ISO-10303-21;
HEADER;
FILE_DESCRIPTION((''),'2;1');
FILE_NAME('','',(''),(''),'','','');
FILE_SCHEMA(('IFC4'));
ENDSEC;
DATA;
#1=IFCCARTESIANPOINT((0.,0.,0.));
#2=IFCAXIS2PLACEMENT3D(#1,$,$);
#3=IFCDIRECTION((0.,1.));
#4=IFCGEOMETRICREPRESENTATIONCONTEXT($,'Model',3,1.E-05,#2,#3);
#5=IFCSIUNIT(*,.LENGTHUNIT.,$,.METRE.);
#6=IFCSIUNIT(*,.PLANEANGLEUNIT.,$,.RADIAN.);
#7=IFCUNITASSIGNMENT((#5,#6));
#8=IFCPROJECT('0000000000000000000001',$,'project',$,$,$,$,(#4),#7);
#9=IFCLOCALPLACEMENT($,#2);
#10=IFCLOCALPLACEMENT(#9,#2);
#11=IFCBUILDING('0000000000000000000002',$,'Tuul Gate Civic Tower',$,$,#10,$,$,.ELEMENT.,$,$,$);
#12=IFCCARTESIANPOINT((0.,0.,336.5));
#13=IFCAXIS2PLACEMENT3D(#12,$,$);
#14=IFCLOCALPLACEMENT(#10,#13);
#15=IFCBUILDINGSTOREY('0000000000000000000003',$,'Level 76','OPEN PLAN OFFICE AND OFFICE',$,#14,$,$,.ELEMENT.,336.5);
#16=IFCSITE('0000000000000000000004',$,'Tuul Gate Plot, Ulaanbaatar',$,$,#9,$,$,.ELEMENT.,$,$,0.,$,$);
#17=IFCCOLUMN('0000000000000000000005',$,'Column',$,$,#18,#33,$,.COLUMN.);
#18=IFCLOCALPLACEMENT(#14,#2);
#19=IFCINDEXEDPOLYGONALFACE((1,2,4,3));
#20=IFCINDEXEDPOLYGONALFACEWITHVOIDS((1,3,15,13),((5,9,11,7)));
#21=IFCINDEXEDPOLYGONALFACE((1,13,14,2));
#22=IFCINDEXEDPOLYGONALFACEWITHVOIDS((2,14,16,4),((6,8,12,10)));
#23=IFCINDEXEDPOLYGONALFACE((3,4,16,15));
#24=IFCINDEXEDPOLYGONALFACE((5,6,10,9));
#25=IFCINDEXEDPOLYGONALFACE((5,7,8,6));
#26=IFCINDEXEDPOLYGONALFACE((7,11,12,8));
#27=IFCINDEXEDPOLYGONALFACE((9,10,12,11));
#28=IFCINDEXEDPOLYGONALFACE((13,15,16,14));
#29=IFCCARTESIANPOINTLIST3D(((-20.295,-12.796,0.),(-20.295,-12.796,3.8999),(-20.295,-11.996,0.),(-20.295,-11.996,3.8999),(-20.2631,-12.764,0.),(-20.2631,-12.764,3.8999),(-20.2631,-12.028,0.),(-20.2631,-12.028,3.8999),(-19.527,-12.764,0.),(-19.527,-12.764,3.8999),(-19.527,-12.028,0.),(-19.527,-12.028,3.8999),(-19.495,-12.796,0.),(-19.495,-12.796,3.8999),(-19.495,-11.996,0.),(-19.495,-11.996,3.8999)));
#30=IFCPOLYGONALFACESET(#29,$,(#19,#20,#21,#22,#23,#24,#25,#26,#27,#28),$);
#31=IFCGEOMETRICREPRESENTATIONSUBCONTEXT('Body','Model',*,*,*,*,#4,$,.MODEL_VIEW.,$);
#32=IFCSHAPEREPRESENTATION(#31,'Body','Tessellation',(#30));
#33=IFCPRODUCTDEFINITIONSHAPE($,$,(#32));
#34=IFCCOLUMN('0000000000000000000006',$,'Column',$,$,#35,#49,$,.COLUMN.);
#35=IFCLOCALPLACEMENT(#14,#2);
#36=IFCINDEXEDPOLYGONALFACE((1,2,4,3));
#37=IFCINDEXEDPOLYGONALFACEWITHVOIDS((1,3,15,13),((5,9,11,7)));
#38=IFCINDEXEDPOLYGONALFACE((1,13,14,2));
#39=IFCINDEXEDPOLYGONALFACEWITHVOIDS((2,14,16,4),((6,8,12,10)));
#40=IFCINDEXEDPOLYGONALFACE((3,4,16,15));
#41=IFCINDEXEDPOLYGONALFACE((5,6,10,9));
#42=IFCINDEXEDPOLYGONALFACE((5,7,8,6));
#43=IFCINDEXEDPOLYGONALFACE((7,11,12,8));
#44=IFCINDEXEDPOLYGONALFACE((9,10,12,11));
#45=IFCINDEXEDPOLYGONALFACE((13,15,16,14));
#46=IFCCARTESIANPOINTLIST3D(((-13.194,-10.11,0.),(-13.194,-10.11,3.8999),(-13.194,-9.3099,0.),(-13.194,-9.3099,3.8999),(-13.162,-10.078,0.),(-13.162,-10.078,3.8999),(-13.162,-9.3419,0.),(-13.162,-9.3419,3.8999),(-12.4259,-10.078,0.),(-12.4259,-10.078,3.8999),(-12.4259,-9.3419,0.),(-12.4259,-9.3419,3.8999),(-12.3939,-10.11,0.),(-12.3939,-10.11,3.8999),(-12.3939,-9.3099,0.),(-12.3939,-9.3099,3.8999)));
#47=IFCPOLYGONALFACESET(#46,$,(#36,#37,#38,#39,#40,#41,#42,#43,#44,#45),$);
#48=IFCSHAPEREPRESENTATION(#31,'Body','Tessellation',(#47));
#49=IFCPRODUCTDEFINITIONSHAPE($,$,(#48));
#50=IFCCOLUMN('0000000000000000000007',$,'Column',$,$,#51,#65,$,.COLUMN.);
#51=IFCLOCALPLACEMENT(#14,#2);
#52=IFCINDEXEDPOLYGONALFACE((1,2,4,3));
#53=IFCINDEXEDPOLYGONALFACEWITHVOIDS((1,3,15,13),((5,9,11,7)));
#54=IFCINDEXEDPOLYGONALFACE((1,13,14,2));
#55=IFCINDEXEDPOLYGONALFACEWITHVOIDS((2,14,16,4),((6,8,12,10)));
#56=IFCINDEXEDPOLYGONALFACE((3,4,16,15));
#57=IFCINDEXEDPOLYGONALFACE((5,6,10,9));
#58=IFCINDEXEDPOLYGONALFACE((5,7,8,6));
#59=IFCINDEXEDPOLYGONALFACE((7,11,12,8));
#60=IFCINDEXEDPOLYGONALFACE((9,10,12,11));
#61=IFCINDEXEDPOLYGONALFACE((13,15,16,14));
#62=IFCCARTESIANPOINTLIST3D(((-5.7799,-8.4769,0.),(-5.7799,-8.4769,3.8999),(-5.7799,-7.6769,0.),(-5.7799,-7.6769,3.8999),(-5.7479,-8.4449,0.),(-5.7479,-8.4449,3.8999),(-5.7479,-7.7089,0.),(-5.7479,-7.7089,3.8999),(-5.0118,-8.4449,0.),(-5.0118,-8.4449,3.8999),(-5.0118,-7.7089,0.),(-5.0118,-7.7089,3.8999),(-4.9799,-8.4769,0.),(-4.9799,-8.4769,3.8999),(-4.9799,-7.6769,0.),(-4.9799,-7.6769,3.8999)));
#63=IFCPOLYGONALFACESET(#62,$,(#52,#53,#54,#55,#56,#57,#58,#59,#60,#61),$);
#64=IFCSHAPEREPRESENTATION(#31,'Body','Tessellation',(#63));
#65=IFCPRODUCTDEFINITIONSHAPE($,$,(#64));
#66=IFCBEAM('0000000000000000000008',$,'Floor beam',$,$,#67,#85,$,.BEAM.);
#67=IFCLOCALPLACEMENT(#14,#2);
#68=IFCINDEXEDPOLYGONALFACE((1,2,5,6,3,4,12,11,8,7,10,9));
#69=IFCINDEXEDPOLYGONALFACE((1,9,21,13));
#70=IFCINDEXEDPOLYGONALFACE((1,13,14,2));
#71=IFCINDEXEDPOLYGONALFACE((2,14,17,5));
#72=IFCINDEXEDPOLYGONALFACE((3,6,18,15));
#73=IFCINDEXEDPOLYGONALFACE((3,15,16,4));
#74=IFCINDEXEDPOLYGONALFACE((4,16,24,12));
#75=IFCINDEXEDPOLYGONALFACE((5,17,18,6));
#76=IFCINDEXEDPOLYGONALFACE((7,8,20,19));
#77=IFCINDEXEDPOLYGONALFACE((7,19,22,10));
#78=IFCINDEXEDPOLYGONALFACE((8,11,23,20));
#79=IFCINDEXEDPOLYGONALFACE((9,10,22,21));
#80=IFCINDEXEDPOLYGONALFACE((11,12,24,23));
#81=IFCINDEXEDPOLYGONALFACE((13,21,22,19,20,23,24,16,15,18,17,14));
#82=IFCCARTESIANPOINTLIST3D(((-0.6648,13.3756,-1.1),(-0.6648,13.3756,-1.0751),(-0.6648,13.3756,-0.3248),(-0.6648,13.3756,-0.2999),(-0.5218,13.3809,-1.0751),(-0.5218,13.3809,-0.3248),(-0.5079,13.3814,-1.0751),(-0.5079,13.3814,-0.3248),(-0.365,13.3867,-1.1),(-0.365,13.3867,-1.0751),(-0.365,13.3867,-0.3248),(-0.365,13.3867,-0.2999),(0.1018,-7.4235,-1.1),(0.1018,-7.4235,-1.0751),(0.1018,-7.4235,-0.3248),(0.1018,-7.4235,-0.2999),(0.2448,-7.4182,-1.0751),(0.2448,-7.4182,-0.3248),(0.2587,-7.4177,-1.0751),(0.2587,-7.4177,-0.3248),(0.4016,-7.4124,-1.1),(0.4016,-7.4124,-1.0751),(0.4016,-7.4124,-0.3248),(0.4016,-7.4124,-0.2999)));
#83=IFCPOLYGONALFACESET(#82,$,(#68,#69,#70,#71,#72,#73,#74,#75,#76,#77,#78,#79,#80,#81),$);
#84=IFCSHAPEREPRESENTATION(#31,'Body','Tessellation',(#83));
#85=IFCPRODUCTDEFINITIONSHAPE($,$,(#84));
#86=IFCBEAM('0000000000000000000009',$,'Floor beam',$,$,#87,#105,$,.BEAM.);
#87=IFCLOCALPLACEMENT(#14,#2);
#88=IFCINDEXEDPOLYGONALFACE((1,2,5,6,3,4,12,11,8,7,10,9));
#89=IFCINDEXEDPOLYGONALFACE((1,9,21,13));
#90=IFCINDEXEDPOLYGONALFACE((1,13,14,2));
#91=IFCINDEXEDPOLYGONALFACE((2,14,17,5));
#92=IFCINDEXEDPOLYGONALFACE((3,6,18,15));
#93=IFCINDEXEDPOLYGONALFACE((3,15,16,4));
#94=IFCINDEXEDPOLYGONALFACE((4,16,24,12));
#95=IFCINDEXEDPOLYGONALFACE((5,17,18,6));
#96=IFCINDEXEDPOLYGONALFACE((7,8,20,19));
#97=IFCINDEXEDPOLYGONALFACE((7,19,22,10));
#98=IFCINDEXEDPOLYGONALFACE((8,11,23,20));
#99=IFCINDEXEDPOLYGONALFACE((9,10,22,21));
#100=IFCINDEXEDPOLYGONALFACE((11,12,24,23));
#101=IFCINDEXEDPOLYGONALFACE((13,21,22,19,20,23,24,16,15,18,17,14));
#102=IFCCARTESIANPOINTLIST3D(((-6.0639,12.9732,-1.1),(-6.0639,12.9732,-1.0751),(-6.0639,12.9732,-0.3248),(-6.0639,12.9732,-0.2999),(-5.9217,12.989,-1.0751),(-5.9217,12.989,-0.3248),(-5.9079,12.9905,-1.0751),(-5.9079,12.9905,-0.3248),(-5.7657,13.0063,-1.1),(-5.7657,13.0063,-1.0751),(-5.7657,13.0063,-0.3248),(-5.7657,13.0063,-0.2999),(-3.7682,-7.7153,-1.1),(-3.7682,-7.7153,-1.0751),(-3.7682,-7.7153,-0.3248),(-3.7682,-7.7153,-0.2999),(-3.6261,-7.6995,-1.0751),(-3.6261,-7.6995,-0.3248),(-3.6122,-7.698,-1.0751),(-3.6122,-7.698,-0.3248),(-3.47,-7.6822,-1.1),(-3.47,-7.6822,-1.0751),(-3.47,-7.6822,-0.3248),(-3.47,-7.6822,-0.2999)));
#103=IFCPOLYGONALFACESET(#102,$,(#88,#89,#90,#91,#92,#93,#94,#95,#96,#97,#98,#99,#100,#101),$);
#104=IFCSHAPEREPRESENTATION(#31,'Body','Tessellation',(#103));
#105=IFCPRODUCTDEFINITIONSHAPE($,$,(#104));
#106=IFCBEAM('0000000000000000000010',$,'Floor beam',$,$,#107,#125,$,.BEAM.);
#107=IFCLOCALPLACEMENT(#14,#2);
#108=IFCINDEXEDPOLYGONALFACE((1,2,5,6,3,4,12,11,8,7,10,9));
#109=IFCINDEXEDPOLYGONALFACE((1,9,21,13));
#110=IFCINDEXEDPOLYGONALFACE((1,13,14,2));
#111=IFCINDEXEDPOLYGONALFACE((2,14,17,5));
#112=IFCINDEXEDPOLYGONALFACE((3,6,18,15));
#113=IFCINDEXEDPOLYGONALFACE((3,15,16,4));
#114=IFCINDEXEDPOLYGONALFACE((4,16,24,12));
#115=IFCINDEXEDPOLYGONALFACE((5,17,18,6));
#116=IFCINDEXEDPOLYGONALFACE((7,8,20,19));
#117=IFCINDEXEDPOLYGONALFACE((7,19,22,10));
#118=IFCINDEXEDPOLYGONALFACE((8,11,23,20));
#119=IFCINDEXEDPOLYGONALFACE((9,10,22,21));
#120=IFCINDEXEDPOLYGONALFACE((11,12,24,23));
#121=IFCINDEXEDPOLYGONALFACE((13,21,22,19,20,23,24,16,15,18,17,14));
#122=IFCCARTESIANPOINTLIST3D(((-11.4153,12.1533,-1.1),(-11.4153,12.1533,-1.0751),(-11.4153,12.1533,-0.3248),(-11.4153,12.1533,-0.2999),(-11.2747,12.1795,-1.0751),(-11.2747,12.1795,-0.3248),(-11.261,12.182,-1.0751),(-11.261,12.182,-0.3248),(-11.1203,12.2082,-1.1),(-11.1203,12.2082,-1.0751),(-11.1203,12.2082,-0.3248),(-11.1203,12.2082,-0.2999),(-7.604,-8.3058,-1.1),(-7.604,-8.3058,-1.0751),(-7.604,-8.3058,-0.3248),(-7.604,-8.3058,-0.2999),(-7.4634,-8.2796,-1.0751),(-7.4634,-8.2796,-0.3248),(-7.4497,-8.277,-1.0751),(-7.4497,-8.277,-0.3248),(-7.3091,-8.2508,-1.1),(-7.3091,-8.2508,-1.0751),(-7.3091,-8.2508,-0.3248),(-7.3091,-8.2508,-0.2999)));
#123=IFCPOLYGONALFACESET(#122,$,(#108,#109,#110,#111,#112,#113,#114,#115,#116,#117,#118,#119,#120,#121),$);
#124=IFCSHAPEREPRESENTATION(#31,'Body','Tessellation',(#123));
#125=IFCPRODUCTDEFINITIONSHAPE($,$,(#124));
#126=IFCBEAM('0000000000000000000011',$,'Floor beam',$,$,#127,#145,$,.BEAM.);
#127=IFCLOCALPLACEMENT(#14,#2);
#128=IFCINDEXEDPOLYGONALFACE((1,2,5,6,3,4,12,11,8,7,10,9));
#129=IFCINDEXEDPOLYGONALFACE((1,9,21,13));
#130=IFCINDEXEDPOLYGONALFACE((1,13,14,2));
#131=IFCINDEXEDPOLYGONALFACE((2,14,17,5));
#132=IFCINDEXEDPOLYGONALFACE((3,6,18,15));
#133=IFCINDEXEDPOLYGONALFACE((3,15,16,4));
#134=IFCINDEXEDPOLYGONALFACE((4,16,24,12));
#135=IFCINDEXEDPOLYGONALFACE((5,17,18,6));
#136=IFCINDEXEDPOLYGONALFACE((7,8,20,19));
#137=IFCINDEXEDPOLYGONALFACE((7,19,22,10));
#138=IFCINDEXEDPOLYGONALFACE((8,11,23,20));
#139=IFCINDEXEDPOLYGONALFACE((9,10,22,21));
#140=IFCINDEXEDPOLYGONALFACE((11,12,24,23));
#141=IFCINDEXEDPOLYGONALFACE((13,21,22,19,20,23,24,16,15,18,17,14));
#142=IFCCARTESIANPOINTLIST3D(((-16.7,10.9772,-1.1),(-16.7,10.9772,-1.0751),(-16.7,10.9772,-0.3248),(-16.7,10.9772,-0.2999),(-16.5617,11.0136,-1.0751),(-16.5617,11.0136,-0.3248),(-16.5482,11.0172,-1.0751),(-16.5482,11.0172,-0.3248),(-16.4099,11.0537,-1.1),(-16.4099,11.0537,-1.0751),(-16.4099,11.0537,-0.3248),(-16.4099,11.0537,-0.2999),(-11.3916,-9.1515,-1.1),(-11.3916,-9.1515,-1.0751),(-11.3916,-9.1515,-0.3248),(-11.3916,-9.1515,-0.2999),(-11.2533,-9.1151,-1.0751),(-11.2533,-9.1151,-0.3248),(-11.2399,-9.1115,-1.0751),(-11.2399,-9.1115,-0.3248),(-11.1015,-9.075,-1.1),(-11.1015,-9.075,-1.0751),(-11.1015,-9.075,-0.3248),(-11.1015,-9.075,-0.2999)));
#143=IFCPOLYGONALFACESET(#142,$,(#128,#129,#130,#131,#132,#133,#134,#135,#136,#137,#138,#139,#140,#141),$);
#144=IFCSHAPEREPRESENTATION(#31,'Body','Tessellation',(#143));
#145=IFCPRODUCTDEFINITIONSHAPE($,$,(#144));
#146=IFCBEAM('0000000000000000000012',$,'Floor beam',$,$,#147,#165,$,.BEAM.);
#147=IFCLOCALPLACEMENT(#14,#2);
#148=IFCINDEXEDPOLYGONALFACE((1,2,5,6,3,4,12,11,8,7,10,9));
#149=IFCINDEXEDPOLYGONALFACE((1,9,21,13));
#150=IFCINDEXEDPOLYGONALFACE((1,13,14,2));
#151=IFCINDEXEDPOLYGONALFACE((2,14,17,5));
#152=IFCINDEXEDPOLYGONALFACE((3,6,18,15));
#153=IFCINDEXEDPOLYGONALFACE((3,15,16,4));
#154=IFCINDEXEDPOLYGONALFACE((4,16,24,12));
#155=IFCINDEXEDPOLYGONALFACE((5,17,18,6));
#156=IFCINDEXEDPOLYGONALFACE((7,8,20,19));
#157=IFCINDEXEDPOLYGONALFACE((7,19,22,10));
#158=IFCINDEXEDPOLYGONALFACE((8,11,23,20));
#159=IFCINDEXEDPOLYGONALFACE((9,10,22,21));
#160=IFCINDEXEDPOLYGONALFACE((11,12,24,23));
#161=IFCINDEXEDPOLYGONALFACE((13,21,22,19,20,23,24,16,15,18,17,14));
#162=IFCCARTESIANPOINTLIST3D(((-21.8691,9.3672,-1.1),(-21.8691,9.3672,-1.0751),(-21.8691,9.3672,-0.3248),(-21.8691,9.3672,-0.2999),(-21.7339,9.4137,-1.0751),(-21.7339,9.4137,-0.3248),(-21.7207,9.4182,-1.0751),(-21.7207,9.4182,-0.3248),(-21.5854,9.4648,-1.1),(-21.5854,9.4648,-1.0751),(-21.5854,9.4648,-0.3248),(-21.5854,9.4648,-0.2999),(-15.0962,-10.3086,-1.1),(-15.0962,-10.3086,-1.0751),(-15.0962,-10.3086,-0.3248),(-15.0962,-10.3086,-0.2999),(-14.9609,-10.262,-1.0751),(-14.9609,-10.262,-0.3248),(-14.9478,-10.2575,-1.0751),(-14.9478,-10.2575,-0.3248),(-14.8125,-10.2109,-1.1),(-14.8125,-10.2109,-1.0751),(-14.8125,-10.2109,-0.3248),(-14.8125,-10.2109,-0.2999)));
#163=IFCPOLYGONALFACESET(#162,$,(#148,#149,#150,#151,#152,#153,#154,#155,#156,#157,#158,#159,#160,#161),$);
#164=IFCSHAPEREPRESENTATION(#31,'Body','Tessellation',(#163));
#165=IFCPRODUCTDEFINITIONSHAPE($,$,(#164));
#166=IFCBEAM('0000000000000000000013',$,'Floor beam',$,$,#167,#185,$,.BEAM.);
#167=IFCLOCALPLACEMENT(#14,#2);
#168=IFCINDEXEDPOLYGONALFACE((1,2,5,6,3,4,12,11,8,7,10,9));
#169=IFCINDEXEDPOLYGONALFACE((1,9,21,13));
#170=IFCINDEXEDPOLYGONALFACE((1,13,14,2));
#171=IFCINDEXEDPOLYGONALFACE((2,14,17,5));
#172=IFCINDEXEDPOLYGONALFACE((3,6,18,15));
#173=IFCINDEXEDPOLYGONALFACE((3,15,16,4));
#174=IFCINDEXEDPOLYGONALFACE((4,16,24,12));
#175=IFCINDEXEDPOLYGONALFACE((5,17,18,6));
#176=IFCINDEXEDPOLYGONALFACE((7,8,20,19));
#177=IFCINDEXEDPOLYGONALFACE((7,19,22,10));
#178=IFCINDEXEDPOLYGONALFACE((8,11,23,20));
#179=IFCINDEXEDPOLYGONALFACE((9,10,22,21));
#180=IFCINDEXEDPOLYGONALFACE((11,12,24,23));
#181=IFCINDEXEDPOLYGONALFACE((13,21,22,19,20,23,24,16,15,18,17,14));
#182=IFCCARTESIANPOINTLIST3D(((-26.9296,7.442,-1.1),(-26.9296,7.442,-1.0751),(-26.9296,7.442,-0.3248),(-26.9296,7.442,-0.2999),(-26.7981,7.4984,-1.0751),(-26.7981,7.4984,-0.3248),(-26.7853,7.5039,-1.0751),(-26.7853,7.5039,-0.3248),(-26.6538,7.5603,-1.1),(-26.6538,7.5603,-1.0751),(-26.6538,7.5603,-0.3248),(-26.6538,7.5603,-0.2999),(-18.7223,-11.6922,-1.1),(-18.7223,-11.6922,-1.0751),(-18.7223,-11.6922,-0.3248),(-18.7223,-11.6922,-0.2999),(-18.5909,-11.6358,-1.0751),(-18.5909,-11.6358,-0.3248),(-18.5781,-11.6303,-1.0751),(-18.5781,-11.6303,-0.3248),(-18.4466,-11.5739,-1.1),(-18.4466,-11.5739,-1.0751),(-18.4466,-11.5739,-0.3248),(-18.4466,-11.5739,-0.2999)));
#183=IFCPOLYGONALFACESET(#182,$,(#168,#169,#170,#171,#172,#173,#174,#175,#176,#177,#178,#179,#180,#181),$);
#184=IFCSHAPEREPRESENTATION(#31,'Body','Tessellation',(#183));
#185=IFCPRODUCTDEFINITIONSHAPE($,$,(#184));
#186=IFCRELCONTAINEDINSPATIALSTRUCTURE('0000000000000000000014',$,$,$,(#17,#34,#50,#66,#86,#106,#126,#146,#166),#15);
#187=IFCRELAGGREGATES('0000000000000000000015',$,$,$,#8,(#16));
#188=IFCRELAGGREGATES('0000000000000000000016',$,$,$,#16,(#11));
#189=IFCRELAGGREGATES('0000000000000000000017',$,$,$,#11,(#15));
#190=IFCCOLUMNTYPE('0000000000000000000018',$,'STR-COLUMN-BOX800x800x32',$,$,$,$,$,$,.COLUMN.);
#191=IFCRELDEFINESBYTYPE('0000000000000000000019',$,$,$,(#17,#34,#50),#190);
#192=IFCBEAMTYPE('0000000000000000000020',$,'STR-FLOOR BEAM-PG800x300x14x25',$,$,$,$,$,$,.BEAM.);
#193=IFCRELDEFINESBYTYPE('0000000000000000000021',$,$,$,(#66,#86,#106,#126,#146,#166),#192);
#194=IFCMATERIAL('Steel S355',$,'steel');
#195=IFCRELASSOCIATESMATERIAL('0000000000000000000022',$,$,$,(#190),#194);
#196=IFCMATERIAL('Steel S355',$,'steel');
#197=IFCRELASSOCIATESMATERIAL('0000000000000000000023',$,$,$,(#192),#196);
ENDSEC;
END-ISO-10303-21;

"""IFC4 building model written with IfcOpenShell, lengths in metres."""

from ifc_helpers import new_model, si_unit, direction, frame, origin, origin_2d, place, context, subcontext, project, spatial, hollow_rectangle, i_section, extrude, material, material_profile, profile_set, type_object, element, save


model = new_model("IFC4")

# Units and contexts
model_context = context("Model", 3, precision=1e-05, world=origin(), true_north=direction((0.0, 1.0)))
body_context = subcontext(model_context, "Body", "Model", "MODEL_VIEW")
ifc_project = project(units=[si_unit("LENGTHUNIT", "METRE"), si_unit("PLANEANGLEUNIT", "RADIAN")], contexts=[model_context])

# Site, building, storey
site_placement = place(None, origin())
site = spatial("IfcSite", under=ifc_project, at=site_placement, Name="Tuul Gate Plot, Ulaanbaatar", CompositionType="ELEMENT", RefElevation=0.0)
building_placement = place(site_placement, origin())
building = spatial("IfcBuilding", under=site, at=building_placement, Name="Tuul Gate Civic Tower", CompositionType="ELEMENT")
storey_placement = place(building_placement, frame((0.0, 0.0, 336.5)))
storey = spatial("IfcBuildingStorey", under=building, at=storey_placement, Name="Level 76", Description="OPEN PLAN OFFICE AND OFFICE", CompositionType="ELEMENT", Elevation=336.5)

# Columns
ifc_material_1 = material(Name="Steel S355", Category="steel")
ifc_material_profile_1 = material_profile(ifc_material_1, hollow_rectangle(XDim=0.8, YDim=0.8, WallThickness=0.032, at=origin_2d()), Name="BOX800x800x32")
ifc_profile_set_1 = profile_set([ifc_material_profile_1], Name="Steel S355")
column_type = type_object("IfcColumnType", Name="STR-COLUMN-BOX800x800x32", PredefinedType="COLUMN", material=ifc_profile_set_1)
for number, where, z_axis, x_axis, name in (
    (1, (-19.895, -12.396, 0.0), (0.0, 0.0, 1.0), (1.0, 0.0, 0.0), "Column"),
    (2, (-12.7939, -9.71, 0.0), (0.0, 0.0, 1.0), (1.0, 0.0, 0.0), "Column"),
    (3, (-5.3799, -8.0769, 0.0), (0.0, 0.0, 1.0), (1.0, 0.0, 0.0), "Column"),
):
    element("IfcColumn", number, at=place(storey_placement, frame(where, z_axis=z_axis, x_axis=x_axis)), inside=storey, type_object=column_type, Name=name, PredefinedType="COLUMN", context=body_context, shape_type="SweptSolid", body=[
        extrude(hollow_rectangle(XDim=0.8, YDim=0.8, WallThickness=0.032, at=origin_2d()), origin(), (0.0, 0.0, 1.0), 3.8999),
    ])

# Beams
ifc_material_2 = material(Name="Steel S355", Category="steel")
ifc_material_profile_2 = material_profile(ifc_material_2, i_section(OverallWidth=0.3, OverallDepth=0.8, WebThickness=0.0139, FlangeThickness=0.0249, at=origin_2d()), Name="PG800x300x14x25")
ifc_profile_set_2 = profile_set([ifc_material_profile_2], Name="Steel S355")
beam_type_1 = type_object("IfcBeamType", Name="STR-FLOOR BEAM-PG800x300x14x25", PredefinedType="BEAM", material=ifc_profile_set_2)
beam_1_placement = place(storey_placement, frame((0.2517, -7.418, -0.7), z_axis=(-0.036832, 0.999321, 0.0), x_axis=(-0.999321, -0.036832, 0.0)))
element("IfcBeam", 4, at=beam_1_placement, inside=storey, type_object=beam_type_1, Name="Floor beam", PredefinedType="BEAM", context=body_context, shape_type="SweptSolid", body=[
    extrude(i_section(OverallWidth=0.3, OverallDepth=0.8, WebThickness=0.0139, FlangeThickness=0.0249, at=origin_2d()), origin(), (0.0, 0.0, 1.0), 20.8132),
])
beam_2_placement = place(storey_placement, frame((-3.6191, -7.6987, -0.7), z_axis=(-0.110286, 0.9939, 0.0), x_axis=(-0.9939, -0.110286, 0.0)))
element("IfcBeam", 5, at=beam_2_placement, inside=storey, type_object=beam_type_1, Name="Floor beam", PredefinedType="BEAM", context=body_context, shape_type="SweptSolid", body=[
    extrude(i_section(OverallWidth=0.3, OverallDepth=0.8, WebThickness=0.0139, FlangeThickness=0.0249, at=origin_2d()), origin(), (0.0, 0.0, 1.0), 20.8154),
])
beam_3_placement = place(storey_placement, frame((-7.4565, -8.2783, -0.7), z_axis=(-0.183138, 0.983087, 0.0), x_axis=(-0.983087, -0.183138, 0.0)))
element("IfcBeam", 6, at=beam_3_placement, inside=storey, type_object=beam_type_1, Name="Floor beam", PredefinedType="BEAM", context=body_context, shape_type="SweptSolid", body=[
    extrude(i_section(OverallWidth=0.3, OverallDepth=0.8, WebThickness=0.0139, FlangeThickness=0.0249, at=origin_2d()), origin(), (0.0, 0.0, 1.0), 20.811),
])
beam_4_placement = place(storey_placement, frame((-11.2466, -9.1133, -0.7), z_axis=(-0.255002, 0.96694, 0.0), x_axis=(-0.96694, -0.255002, 0.0)))
element("IfcBeam", 7, at=beam_4_placement, inside=storey, type_object=beam_type_1, Name="Floor beam", PredefinedType="BEAM", context=body_context, shape_type="SweptSolid", body=[
    extrude(i_section(OverallWidth=0.3, OverallDepth=0.8, WebThickness=0.0139, FlangeThickness=0.0249, at=origin_2d()), origin(), (0.0, 0.0, 1.0), 20.8169),
])
beam_5_placement = place(storey_placement, frame((-14.9543, -10.2598, -0.7), z_axis=(-0.325484, 0.945548, 0.0), x_axis=(-0.945548, -0.325484, 0.0)))
element("IfcBeam", 8, at=beam_5_placement, inside=storey, type_object=beam_type_1, Name="Floor beam", PredefinedType="BEAM", context=body_context, shape_type="SweptSolid", body=[
    extrude(i_section(OverallWidth=0.3, OverallDepth=0.8, WebThickness=0.0139, FlangeThickness=0.0249, at=origin_2d()), origin(), (0.0, 0.0, 1.0), 20.8088),
])
beam_6_placement = place(storey_placement, frame((-18.5845, -11.6331, -0.7), z_axis=(-0.394198, 0.919026, 0.0), x_axis=(-0.919026, -0.394198, 0.0)))
element("IfcBeam", 9, at=beam_6_placement, inside=storey, type_object=beam_type_1, Name="Floor beam", PredefinedType="BEAM", context=body_context, shape_type="SweptSolid", body=[
    extrude(i_section(OverallWidth=0.3, OverallDepth=0.8, WebThickness=0.0139, FlangeThickness=0.0249, at=origin_2d()), origin(), (0.0, 0.0, 1.0), 20.8201),
])

save(model, "model.ifc")
